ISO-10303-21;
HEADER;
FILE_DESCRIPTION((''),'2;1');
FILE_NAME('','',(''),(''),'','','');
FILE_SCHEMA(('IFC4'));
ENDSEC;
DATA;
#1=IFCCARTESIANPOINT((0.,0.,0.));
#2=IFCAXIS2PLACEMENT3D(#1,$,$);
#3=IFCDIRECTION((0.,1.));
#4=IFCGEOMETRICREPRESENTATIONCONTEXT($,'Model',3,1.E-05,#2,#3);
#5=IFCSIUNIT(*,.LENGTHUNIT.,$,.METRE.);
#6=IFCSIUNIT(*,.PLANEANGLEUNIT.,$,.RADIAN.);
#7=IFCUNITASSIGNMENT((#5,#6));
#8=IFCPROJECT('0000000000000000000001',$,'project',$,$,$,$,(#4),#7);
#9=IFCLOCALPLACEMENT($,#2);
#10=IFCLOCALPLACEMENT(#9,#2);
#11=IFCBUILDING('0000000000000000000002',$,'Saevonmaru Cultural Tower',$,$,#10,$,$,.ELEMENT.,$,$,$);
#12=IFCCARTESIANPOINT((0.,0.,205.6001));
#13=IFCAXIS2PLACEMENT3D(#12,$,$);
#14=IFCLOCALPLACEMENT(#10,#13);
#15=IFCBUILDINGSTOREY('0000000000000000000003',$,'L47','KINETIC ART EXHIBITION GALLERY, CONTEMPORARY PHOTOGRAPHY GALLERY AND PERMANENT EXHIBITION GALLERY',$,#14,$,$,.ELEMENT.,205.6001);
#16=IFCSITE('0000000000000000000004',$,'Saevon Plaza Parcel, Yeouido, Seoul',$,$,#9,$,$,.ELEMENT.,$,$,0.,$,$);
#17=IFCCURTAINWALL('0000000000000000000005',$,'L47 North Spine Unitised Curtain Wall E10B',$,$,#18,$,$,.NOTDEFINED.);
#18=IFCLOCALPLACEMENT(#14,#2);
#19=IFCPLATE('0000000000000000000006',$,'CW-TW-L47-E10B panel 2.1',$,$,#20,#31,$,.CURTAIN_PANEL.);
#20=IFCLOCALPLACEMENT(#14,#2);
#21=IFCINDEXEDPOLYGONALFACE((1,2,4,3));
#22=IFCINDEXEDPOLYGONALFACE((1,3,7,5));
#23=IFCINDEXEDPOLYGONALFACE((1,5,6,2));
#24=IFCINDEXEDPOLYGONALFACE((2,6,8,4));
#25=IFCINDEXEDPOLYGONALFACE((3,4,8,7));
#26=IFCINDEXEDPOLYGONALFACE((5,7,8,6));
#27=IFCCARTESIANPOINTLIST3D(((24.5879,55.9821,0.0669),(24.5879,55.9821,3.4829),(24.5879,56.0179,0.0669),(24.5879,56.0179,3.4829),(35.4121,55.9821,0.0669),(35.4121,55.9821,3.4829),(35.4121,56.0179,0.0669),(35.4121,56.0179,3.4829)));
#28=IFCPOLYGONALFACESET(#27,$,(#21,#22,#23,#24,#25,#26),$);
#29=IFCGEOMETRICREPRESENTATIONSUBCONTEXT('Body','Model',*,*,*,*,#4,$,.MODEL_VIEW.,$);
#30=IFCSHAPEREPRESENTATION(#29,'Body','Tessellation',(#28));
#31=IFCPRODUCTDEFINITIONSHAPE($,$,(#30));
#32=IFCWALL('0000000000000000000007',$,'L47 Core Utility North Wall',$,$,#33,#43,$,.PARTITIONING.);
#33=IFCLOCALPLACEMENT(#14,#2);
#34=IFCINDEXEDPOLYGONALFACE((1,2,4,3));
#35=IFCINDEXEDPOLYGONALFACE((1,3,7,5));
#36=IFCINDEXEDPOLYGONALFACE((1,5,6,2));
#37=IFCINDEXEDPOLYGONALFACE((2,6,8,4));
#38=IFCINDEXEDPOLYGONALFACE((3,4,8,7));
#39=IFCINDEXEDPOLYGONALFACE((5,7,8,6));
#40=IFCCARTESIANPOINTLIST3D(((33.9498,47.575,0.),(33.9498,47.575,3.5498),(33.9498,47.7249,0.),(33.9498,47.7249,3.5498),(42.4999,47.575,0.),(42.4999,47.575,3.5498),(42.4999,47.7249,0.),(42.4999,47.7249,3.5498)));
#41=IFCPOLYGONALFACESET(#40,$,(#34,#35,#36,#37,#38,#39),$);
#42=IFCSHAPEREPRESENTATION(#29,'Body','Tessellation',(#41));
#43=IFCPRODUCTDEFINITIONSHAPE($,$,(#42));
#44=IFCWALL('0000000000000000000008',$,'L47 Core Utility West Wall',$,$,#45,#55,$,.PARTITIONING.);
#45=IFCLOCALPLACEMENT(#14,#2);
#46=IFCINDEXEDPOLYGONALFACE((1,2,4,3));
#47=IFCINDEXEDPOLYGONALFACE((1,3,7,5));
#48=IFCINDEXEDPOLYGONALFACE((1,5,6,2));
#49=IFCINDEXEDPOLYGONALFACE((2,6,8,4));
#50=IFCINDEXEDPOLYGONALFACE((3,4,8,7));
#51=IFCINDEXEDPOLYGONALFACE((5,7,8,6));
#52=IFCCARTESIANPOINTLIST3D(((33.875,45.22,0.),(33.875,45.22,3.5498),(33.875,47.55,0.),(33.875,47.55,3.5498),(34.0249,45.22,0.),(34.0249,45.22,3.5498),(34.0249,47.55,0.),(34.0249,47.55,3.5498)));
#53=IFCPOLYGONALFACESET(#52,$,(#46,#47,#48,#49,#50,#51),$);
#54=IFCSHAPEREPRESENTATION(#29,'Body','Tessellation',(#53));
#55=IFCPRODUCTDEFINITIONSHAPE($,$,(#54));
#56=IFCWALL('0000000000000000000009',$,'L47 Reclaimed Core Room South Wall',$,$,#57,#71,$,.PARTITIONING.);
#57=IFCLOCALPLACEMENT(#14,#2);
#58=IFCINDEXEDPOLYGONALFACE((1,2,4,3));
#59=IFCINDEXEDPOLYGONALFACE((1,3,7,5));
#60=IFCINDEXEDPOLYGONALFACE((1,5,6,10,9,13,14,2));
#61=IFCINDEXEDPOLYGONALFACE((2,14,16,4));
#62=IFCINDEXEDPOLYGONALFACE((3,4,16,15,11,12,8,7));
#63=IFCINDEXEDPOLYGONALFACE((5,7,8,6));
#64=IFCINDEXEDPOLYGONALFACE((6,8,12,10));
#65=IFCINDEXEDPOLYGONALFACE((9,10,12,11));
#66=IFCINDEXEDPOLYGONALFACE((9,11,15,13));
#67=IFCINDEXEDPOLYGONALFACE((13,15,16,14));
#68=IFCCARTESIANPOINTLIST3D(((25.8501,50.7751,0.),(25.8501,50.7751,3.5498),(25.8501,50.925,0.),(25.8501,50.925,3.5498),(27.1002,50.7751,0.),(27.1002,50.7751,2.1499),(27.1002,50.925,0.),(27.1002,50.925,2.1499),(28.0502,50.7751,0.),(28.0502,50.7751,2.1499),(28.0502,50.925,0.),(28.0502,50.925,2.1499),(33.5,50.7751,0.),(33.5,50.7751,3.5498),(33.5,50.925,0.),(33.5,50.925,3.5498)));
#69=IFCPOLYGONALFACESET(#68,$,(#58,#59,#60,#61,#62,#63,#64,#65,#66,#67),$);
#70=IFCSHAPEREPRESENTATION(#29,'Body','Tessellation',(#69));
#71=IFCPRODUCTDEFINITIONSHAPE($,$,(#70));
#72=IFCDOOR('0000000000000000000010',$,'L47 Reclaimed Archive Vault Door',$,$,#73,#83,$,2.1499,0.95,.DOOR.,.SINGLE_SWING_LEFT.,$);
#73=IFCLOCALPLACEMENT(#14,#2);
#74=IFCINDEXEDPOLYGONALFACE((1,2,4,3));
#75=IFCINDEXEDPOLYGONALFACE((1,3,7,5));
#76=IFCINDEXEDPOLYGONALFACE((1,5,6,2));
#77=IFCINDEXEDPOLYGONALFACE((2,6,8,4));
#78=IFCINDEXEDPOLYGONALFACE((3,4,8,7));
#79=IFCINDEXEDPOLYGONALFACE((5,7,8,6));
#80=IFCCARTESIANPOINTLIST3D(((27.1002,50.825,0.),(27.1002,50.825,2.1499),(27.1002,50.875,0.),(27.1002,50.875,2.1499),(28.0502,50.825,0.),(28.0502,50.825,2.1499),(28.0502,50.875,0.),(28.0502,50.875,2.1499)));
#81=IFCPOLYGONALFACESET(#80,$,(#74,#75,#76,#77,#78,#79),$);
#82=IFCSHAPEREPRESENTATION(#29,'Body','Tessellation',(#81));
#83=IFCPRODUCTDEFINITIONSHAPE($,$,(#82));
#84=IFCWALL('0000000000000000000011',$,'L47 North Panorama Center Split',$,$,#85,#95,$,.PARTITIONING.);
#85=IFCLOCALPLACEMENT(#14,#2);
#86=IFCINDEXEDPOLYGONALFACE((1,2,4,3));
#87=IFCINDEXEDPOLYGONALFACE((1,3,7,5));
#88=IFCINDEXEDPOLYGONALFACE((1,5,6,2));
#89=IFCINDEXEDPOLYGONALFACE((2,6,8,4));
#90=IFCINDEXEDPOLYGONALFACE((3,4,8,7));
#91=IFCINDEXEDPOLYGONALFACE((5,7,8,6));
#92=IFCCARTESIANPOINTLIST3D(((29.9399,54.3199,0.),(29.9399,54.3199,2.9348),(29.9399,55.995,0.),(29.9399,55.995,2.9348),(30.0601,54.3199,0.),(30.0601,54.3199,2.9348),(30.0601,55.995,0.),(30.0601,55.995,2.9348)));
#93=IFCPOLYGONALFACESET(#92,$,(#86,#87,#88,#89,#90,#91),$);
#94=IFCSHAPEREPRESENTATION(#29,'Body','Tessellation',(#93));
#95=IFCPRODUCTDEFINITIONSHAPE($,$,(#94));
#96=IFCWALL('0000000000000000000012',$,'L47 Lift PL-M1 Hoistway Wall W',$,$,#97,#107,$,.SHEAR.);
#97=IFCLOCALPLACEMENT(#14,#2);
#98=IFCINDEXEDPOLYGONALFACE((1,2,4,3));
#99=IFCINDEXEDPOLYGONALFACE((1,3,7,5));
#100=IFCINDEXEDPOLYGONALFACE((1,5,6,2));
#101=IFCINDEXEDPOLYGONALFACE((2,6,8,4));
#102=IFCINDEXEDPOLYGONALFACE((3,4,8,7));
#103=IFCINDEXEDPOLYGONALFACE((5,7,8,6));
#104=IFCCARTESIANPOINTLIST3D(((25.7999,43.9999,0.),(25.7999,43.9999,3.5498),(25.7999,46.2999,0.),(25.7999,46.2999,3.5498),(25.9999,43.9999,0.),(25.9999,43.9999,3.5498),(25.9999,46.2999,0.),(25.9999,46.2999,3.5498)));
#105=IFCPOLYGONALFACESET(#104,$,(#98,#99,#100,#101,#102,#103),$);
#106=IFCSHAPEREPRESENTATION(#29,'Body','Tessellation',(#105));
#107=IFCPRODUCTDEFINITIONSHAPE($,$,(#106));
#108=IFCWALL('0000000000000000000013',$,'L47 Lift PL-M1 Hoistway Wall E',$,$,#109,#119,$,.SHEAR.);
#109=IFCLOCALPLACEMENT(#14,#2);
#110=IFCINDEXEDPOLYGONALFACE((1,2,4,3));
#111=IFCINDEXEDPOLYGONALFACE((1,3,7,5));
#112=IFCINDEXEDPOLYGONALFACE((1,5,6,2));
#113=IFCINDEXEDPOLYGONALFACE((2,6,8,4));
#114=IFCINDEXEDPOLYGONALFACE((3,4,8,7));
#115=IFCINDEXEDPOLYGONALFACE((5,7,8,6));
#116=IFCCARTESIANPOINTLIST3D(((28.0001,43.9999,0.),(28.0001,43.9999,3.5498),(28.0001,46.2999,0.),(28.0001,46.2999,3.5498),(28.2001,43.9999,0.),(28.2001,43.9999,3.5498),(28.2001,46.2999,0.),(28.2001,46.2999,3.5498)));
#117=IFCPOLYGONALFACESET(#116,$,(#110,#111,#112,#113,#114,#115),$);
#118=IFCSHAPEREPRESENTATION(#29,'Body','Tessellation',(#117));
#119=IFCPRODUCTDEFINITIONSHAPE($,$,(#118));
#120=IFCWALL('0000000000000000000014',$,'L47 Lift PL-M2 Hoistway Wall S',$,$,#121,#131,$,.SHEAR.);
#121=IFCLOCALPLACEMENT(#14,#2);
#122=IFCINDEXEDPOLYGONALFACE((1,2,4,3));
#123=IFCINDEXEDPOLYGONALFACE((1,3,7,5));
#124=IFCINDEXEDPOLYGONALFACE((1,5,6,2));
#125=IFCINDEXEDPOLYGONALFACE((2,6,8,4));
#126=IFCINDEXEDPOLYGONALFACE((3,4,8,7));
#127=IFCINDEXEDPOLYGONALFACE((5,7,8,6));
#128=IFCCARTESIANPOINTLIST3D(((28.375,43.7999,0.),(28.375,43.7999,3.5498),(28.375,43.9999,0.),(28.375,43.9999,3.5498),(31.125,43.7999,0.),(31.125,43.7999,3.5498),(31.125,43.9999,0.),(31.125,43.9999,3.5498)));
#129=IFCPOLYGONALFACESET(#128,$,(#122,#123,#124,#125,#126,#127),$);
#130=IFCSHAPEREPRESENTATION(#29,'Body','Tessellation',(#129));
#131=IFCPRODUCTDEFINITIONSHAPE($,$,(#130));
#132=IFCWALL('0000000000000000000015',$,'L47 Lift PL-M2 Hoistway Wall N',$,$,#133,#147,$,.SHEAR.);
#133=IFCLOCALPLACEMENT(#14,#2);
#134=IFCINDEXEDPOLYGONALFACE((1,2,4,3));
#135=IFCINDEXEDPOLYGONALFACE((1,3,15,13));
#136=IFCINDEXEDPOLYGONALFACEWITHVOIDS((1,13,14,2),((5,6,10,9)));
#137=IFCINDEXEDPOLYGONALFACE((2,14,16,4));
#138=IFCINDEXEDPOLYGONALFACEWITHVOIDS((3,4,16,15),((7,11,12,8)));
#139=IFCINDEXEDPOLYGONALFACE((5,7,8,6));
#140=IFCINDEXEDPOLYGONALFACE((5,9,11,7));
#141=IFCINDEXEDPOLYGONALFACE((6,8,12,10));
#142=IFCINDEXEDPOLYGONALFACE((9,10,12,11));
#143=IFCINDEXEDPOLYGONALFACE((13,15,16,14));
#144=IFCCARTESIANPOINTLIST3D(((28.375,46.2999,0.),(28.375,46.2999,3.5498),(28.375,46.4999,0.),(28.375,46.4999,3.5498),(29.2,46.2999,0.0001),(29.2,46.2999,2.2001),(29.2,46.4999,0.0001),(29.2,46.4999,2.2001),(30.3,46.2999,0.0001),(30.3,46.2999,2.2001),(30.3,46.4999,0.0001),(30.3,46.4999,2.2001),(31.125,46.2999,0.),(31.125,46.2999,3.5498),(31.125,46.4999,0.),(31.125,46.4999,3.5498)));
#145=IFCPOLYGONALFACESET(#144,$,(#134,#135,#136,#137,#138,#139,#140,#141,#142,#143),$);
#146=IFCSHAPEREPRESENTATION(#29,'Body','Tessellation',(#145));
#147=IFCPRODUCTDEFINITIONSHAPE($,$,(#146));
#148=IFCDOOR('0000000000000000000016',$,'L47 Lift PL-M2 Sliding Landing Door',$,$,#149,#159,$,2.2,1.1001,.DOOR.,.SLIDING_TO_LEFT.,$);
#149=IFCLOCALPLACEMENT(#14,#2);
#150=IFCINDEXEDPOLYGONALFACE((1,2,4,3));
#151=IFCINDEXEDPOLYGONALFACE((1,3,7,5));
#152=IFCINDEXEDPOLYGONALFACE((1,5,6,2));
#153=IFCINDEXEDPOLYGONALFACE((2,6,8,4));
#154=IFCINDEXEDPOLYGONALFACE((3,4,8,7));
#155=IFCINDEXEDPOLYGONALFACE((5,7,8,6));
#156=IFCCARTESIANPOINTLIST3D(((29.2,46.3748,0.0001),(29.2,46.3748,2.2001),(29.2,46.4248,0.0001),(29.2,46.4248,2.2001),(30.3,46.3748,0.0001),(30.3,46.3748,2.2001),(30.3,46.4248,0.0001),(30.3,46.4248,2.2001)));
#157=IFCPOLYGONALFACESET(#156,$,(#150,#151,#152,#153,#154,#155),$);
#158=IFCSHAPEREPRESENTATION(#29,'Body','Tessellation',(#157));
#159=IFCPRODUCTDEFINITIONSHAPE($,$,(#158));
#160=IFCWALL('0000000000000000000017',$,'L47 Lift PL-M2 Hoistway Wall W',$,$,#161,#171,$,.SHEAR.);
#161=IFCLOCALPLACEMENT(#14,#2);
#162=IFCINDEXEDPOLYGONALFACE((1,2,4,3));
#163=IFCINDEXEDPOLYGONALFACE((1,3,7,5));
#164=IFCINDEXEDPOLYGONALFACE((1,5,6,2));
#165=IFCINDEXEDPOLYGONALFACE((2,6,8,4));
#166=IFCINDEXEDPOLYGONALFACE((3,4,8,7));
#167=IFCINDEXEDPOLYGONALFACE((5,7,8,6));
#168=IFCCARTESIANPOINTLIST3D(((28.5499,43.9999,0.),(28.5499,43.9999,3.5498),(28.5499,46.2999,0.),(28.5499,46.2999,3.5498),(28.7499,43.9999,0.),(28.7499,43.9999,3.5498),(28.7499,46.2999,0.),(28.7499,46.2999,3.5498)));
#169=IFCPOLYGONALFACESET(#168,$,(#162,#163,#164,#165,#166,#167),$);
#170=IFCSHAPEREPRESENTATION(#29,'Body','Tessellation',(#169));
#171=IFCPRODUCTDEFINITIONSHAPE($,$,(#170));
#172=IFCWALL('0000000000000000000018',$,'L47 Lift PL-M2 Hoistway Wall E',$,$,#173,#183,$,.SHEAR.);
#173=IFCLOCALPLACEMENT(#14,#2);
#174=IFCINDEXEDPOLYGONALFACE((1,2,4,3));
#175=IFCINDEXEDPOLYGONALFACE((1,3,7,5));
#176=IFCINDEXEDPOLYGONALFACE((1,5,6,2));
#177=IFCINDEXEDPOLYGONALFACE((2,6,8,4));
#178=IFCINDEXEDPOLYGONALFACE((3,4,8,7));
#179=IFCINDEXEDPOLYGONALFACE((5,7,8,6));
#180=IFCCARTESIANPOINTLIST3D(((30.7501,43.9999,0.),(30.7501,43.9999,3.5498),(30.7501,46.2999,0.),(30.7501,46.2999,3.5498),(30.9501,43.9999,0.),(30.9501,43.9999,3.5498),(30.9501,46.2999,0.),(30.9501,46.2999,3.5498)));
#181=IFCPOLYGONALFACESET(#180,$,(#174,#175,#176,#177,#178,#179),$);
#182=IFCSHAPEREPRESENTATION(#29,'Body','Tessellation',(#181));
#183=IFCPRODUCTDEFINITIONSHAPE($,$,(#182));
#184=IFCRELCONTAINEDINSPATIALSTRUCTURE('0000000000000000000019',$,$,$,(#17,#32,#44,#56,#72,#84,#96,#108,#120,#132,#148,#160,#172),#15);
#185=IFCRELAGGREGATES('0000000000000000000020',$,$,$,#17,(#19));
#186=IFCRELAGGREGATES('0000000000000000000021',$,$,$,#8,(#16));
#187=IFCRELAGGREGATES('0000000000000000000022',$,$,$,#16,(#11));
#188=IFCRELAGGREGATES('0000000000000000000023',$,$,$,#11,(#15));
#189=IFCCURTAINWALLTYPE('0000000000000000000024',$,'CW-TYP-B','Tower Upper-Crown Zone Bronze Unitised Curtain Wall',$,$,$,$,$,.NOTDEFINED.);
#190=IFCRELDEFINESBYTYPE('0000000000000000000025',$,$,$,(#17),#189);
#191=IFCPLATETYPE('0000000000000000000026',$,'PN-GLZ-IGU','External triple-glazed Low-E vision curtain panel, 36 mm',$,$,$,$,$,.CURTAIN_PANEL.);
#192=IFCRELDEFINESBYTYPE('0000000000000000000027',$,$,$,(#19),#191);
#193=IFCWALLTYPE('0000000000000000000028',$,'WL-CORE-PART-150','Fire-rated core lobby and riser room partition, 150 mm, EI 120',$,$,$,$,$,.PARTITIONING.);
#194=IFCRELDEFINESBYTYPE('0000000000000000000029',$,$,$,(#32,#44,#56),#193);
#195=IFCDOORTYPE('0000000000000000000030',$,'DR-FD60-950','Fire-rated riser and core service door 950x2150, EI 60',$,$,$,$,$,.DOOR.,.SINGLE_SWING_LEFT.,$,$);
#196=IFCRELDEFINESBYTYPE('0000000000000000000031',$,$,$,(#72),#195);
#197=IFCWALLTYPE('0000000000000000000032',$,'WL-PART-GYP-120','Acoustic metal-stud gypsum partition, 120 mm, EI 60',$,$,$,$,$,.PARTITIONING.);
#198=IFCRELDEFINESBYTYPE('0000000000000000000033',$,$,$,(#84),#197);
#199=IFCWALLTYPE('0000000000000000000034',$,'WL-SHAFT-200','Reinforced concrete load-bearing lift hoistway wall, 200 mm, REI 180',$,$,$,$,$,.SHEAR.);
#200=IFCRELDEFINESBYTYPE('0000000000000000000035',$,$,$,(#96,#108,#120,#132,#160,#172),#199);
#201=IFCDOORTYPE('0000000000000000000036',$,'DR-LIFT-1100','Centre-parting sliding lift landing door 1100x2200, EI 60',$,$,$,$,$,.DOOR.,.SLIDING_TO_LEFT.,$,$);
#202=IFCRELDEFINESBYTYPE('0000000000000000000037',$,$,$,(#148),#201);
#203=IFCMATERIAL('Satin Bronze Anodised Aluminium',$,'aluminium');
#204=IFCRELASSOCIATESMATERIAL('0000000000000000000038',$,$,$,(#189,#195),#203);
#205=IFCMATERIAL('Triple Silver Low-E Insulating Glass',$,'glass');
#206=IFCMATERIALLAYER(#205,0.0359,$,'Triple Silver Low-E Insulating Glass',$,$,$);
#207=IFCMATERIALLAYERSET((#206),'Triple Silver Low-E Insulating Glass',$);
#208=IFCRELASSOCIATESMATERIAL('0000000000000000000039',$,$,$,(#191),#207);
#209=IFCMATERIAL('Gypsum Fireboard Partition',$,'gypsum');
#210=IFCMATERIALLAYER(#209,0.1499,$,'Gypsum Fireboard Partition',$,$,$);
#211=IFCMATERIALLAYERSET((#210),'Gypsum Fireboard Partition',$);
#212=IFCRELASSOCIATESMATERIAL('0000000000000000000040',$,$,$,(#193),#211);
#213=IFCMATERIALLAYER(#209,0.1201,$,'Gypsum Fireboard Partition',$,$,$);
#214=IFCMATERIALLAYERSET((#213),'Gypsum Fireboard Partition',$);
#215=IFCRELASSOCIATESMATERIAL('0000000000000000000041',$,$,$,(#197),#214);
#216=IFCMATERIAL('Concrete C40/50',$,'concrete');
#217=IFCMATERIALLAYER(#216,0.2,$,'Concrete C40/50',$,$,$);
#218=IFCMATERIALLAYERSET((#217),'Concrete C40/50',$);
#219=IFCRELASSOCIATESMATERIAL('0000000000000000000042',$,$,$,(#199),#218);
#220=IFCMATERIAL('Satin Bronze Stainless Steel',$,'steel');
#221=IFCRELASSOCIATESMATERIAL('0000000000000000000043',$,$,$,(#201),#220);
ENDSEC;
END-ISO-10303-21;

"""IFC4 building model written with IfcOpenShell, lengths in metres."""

from ifc_helpers import new_model, si_unit, direction, frame, frame_2d, origin, origin_2d, place, context, subcontext, project, spatial, rectangle, extrude, material, layer, layer_set, type_object, element, fill, aggregate, save


model = new_model("IFC4")

# Units and contexts
model_context = context("Model", 3, precision=1e-05, world=origin(), true_north=direction((0.0, 1.0)))
body_context = subcontext(model_context, "Body", "Model", "MODEL_VIEW")
ifc_project = project(units=[si_unit("LENGTHUNIT", "METRE"), si_unit("PLANEANGLEUNIT", "RADIAN")], contexts=[model_context])

# Site, building, storey
site_placement = place(None, origin())
site = spatial("IfcSite", under=ifc_project, at=site_placement, Name="Saevon Plaza Parcel, Yeouido, Seoul", CompositionType="ELEMENT", RefElevation=0.0)
building_placement = place(site_placement, origin())
building = spatial("IfcBuilding", under=site, at=building_placement, Name="Saevonmaru Cultural Tower", CompositionType="ELEMENT")
storey_placement = place(building_placement, frame((0.0, 0.0, 205.6001)))
storey = spatial("IfcBuildingStorey", under=building, at=storey_placement, Name="L47", Description="KINETIC ART EXHIBITION GALLERY, CONTEMPORARY PHOTOGRAPHY GALLERY AND PERMANENT EXHIBITION GALLERY", CompositionType="ELEMENT", Elevation=205.6001)

# Curtain wall, plate
ifc_material_1 = material(Name="Satin Bronze Anodised Aluminium", Category="aluminium")
curtain_wall_type = type_object("IfcCurtainWallType", Name="CW-TYP-B", Description="Tower Upper-Crown Zone Bronze Unitised Curtain Wall", PredefinedType="NOTDEFINED", material=ifc_material_1)
curtain_wall_placement = place(storey_placement, origin())
curtain_wall = element("IfcCurtainWall", 1, at=curtain_wall_placement, inside=storey, type_object=curtain_wall_type, Name="L47 North Spine Unitised Curtain Wall E10B", PredefinedType="NOTDEFINED")
ifc_material_2 = material(Name="Triple Silver Low-E Insulating Glass", Category="glass")
ifc_layer_1 = layer(ifc_material_2, 0.0359, Name="Triple Silver Low-E Insulating Glass")
ifc_layer_set_1 = layer_set([ifc_layer_1], Name="Triple Silver Low-E Insulating Glass")
plate_type = type_object("IfcPlateType", Name="PN-GLZ-IGU", Description="External triple-glazed Low-E vision curtain panel, 36 mm", PredefinedType="CURTAIN_PANEL", material=ifc_layer_set_1)
plate_placement = place(storey_placement, frame((30.0, 56.0, 0.0669), z_axis=(0.0, 0.0, 1.0), x_axis=(-1.0, 0.0, 0.0)))
plate = element("IfcPlate", 2, at=plate_placement, type_object=plate_type, Name="CW-TW-L47-E10B panel 2.1", PredefinedType="CURTAIN_PANEL", context=body_context, shape_type="SweptSolid", body=[
    extrude(rectangle(XDim=10.8242, YDim=0.0359, at=origin_2d()), origin(), (0.0, 0.0, 1.0), 3.416),
])
aggregate(curtain_wall, [plate])

# Shared definitions
ifc_material_3 = material(Name="Gypsum Fireboard Partition", Category="gypsum")
ifc_layer_2 = layer(ifc_material_3, 0.1499, Name="Gypsum Fireboard Partition")
ifc_layer_set_2 = layer_set([ifc_layer_2], Name="Gypsum Fireboard Partition")
wall_type_1 = type_object("IfcWallType", Name="WL-CORE-PART-150", Description="Fire-rated core lobby and riser room partition, 150 mm, EI 120", PredefinedType="PARTITIONING", material=ifc_layer_set_2)

# Shared definitions
door_type_1 = type_object("IfcDoorType", Name="DR-FD60-950", Description="Fire-rated riser and core service door 950x2150, EI 60", OperationType="SINGLE_SWING_LEFT", PredefinedType="DOOR", material=ifc_material_1)

# Walls
wall_1_placement = place(storey_placement, frame((33.95, 47.6499, 0.0), z_axis=(0.0, 0.0, 1.0), x_axis=(1.0, 0.0, 0.0)))
element("IfcWall", 3, at=wall_1_placement, inside=storey, type_object=wall_type_1, Name="L47 Core Utility North Wall", PredefinedType="PARTITIONING", context=body_context, shape_type="SweptSolid", body=[
    extrude(rectangle(XDim=8.55, YDim=0.1499, at=frame_2d((4.2749, 0.0))), origin(), (0.0, 0.0, 1.0), 3.5498),
])
wall_2_placement = place(storey_placement, frame((33.95, 45.22, 0.0), z_axis=(0.0, 0.0, 1.0), x_axis=(0.0, 1.0, 0.0)))
element("IfcWall", 4, at=wall_2_placement, inside=storey, type_object=wall_type_1, Name="L47 Core Utility West Wall", PredefinedType="PARTITIONING", context=body_context, shape_type="SweptSolid", body=[
    extrude(rectangle(XDim=2.3301, YDim=0.1499, at=frame_2d((1.165, 0.0))), origin(), (0.0, 0.0, 1.0), 3.5498),
])

# Wall, opening, door
wall_3_placement = place(storey_placement, frame((25.8501, 50.8501, 0.0), z_axis=(0.0, 0.0, 1.0), x_axis=(1.0, 0.0, 0.0)))
wall_3 = element("IfcWall", 5, at=wall_3_placement, inside=storey, type_object=wall_type_1, Name="L47 Reclaimed Core Room South Wall", PredefinedType="PARTITIONING", context=body_context, shape_type="SweptSolid", body=[
    extrude(rectangle(XDim=7.6499, YDim=0.1499, at=frame_2d((3.825, 0.0))), origin(), (0.0, 0.0, 1.0), 3.5498),
])
opening_1_placement = place(wall_3_placement, frame((1.25, 0.0, 0.0)))
opening_1 = element("IfcOpeningElement", 6, at=opening_1_placement, cuts=wall_3, PredefinedType="OPENING", context=body_context, shape_type="SweptSolid", body=[
    extrude(rectangle(XDim=0.95, YDim=2.1499, at=frame_2d((0.4751, 1.075))), frame((0.0, 0.085, 0.0), z_axis=(0.0, -1.0, 0.0), x_axis=(1.0, 0.0, 0.0)), (0.0, 0.0, 1.0), 0.1699),
])
door_1_placement = place(opening_1_placement, origin())
door_1 = element("IfcDoor", 7, at=door_1_placement, inside=storey, type_object=door_type_1, Name="L47 Reclaimed Archive Vault Door", OperationType="SINGLE_SWING_LEFT", OverallHeight=2.1499, OverallWidth=0.95, PredefinedType="DOOR", context=body_context, shape_type="SweptSolid", body=[
    extrude(rectangle(XDim=0.95, YDim=2.1499, at=frame_2d((0.4751, 1.075))), frame((0.0, 0.0249, 0.0), z_axis=(0.0, -1.0, 0.0), x_axis=(1.0, 0.0, 0.0)), (0.0, 0.0, 1.0), 0.05),
])
fill(opening_1, door_1)

# Walls
ifc_layer_3 = layer(ifc_material_3, 0.1201, Name="Gypsum Fireboard Partition")
ifc_layer_set_3 = layer_set([ifc_layer_3], Name="Gypsum Fireboard Partition")
wall_type_2 = type_object("IfcWallType", Name="WL-PART-GYP-120", Description="Acoustic metal-stud gypsum partition, 120 mm, EI 60", PredefinedType="PARTITIONING", material=ifc_layer_set_3)
wall_4_placement = place(storey_placement, frame((30.0, 54.3201, 0.0), z_axis=(0.0, 0.0, 1.0), x_axis=(0.0, 1.0, 0.0)))
element("IfcWall", 8, at=wall_4_placement, inside=storey, type_object=wall_type_2, Name="L47 North Panorama Center Split", PredefinedType="PARTITIONING", context=body_context, shape_type="SweptSolid", body=[
    extrude(rectangle(XDim=1.675, YDim=0.1201, at=frame_2d((0.8374, 0.0))), origin(), (0.0, 0.0, 1.0), 2.9348),
])
ifc_material_4 = material(Name="Concrete C40/50", Category="concrete")
ifc_layer_4 = layer(ifc_material_4, 0.2, Name="Concrete C40/50")
ifc_layer_set_4 = layer_set([ifc_layer_4], Name="Concrete C40/50")
wall_type_3 = type_object("IfcWallType", Name="WL-SHAFT-200", Description="Reinforced concrete load-bearing lift hoistway wall, 200 mm, REI 180", PredefinedType="SHEAR", material=ifc_layer_set_4)
for number, where, z_axis, x_axis, name in (
    (9, (25.8999, 44.0, 0.0), (0.0, 0.0, 1.0), (0.0, 1.0, 0.0), "L47 Lift PL-M1 Hoistway Wall W"),
    (10, (28.1001, 44.0, 0.0), (0.0, 0.0, 1.0), (0.0, 1.0, 0.0), "L47 Lift PL-M1 Hoistway Wall E"),
):
    element("IfcWall", number, at=place(storey_placement, frame(where, z_axis=z_axis, x_axis=x_axis)), inside=storey, type_object=wall_type_3, Name=name, PredefinedType="SHEAR", context=body_context, shape_type="SweptSolid", body=[
        extrude(rectangle(XDim=2.3, YDim=0.2, at=frame_2d((1.1499, 0.0))), origin(), (0.0, 0.0, 1.0), 3.5498),
    ])
wall_5_placement = place(storey_placement, frame((28.375, 43.8999, 0.0), z_axis=(0.0, 0.0, 1.0), x_axis=(1.0, 0.0, 0.0)))
element("IfcWall", 11, at=wall_5_placement, inside=storey, type_object=wall_type_3, Name="L47 Lift PL-M2 Hoistway Wall S", PredefinedType="SHEAR", context=body_context, shape_type="SweptSolid", body=[
    extrude(rectangle(XDim=2.75, YDim=0.2, at=frame_2d((1.375, 0.0))), origin(), (0.0, 0.0, 1.0), 3.5498),
])

# Wall, opening, door
wall_6_placement = place(storey_placement, frame((28.375, 46.3999, 0.0), z_axis=(0.0, 0.0, 1.0), x_axis=(1.0, 0.0, 0.0)))
wall_6 = element("IfcWall", 12, at=wall_6_placement, inside=storey, type_object=wall_type_3, Name="L47 Lift PL-M2 Hoistway Wall N", PredefinedType="SHEAR", context=body_context, shape_type="SweptSolid", body=[
    extrude(rectangle(XDim=2.75, YDim=0.2, at=frame_2d((1.375, 0.0))), origin(), (0.0, 0.0, 1.0), 3.5498),
])
opening_2_placement = place(wall_6_placement, frame((0.825, 0.0, 0.0)))
opening_2 = element("IfcOpeningElement", 13, at=opening_2_placement, cuts=wall_6, PredefinedType="OPENING", context=body_context, shape_type="SweptSolid", body=[
    extrude(rectangle(XDim=1.1001, YDim=2.2, at=frame_2d((0.55, 1.1001))), frame((0.0, 0.1099, 0.0), z_axis=(0.0, -1.0, 0.0), x_axis=(1.0, 0.0, 0.0)), (0.0, 0.0, 1.0), 0.22),
])
ifc_material_5 = material(Name="Satin Bronze Stainless Steel", Category="steel")
door_type_2 = type_object("IfcDoorType", Name="DR-LIFT-1100", Description="Centre-parting sliding lift landing door 1100x2200, EI 60", OperationType="SLIDING_TO_LEFT", PredefinedType="DOOR", material=ifc_material_5)
door_2_placement = place(opening_2_placement, origin())
door_2 = element("IfcDoor", 14, at=door_2_placement, inside=storey, type_object=door_type_2, Name="L47 Lift PL-M2 Sliding Landing Door", OperationType="SLIDING_TO_LEFT", OverallHeight=2.2, OverallWidth=1.1001, PredefinedType="DOOR", context=body_context, shape_type="SweptSolid", body=[
    extrude(rectangle(XDim=1.1001, YDim=2.2, at=frame_2d((0.55, 1.1001))), frame((0.0, 0.0249, 0.0), z_axis=(0.0, -1.0, 0.0), x_axis=(1.0, 0.0, 0.0)), (0.0, 0.0, 1.0), 0.05),
])
fill(opening_2, door_2)

# Walls
for number, where, z_axis, x_axis, name in (
    (15, (28.6499, 44.0, 0.0), (0.0, 0.0, 1.0), (0.0, 1.0, 0.0), "L47 Lift PL-M2 Hoistway Wall W"),
    (16, (30.8501, 44.0, 0.0), (0.0, 0.0, 1.0), (0.0, 1.0, 0.0), "L47 Lift PL-M2 Hoistway Wall E"),
):
    element("IfcWall", number, at=place(storey_placement, frame(where, z_axis=z_axis, x_axis=x_axis)), inside=storey, type_object=wall_type_3, Name=name, PredefinedType="SHEAR", context=body_context, shape_type="SweptSolid", body=[
        extrude(rectangle(XDim=2.3, YDim=0.2, at=frame_2d((1.1499, 0.0))), origin(), (0.0, 0.0, 1.0), 3.5498),
    ])

save(model, "model.ifc")
